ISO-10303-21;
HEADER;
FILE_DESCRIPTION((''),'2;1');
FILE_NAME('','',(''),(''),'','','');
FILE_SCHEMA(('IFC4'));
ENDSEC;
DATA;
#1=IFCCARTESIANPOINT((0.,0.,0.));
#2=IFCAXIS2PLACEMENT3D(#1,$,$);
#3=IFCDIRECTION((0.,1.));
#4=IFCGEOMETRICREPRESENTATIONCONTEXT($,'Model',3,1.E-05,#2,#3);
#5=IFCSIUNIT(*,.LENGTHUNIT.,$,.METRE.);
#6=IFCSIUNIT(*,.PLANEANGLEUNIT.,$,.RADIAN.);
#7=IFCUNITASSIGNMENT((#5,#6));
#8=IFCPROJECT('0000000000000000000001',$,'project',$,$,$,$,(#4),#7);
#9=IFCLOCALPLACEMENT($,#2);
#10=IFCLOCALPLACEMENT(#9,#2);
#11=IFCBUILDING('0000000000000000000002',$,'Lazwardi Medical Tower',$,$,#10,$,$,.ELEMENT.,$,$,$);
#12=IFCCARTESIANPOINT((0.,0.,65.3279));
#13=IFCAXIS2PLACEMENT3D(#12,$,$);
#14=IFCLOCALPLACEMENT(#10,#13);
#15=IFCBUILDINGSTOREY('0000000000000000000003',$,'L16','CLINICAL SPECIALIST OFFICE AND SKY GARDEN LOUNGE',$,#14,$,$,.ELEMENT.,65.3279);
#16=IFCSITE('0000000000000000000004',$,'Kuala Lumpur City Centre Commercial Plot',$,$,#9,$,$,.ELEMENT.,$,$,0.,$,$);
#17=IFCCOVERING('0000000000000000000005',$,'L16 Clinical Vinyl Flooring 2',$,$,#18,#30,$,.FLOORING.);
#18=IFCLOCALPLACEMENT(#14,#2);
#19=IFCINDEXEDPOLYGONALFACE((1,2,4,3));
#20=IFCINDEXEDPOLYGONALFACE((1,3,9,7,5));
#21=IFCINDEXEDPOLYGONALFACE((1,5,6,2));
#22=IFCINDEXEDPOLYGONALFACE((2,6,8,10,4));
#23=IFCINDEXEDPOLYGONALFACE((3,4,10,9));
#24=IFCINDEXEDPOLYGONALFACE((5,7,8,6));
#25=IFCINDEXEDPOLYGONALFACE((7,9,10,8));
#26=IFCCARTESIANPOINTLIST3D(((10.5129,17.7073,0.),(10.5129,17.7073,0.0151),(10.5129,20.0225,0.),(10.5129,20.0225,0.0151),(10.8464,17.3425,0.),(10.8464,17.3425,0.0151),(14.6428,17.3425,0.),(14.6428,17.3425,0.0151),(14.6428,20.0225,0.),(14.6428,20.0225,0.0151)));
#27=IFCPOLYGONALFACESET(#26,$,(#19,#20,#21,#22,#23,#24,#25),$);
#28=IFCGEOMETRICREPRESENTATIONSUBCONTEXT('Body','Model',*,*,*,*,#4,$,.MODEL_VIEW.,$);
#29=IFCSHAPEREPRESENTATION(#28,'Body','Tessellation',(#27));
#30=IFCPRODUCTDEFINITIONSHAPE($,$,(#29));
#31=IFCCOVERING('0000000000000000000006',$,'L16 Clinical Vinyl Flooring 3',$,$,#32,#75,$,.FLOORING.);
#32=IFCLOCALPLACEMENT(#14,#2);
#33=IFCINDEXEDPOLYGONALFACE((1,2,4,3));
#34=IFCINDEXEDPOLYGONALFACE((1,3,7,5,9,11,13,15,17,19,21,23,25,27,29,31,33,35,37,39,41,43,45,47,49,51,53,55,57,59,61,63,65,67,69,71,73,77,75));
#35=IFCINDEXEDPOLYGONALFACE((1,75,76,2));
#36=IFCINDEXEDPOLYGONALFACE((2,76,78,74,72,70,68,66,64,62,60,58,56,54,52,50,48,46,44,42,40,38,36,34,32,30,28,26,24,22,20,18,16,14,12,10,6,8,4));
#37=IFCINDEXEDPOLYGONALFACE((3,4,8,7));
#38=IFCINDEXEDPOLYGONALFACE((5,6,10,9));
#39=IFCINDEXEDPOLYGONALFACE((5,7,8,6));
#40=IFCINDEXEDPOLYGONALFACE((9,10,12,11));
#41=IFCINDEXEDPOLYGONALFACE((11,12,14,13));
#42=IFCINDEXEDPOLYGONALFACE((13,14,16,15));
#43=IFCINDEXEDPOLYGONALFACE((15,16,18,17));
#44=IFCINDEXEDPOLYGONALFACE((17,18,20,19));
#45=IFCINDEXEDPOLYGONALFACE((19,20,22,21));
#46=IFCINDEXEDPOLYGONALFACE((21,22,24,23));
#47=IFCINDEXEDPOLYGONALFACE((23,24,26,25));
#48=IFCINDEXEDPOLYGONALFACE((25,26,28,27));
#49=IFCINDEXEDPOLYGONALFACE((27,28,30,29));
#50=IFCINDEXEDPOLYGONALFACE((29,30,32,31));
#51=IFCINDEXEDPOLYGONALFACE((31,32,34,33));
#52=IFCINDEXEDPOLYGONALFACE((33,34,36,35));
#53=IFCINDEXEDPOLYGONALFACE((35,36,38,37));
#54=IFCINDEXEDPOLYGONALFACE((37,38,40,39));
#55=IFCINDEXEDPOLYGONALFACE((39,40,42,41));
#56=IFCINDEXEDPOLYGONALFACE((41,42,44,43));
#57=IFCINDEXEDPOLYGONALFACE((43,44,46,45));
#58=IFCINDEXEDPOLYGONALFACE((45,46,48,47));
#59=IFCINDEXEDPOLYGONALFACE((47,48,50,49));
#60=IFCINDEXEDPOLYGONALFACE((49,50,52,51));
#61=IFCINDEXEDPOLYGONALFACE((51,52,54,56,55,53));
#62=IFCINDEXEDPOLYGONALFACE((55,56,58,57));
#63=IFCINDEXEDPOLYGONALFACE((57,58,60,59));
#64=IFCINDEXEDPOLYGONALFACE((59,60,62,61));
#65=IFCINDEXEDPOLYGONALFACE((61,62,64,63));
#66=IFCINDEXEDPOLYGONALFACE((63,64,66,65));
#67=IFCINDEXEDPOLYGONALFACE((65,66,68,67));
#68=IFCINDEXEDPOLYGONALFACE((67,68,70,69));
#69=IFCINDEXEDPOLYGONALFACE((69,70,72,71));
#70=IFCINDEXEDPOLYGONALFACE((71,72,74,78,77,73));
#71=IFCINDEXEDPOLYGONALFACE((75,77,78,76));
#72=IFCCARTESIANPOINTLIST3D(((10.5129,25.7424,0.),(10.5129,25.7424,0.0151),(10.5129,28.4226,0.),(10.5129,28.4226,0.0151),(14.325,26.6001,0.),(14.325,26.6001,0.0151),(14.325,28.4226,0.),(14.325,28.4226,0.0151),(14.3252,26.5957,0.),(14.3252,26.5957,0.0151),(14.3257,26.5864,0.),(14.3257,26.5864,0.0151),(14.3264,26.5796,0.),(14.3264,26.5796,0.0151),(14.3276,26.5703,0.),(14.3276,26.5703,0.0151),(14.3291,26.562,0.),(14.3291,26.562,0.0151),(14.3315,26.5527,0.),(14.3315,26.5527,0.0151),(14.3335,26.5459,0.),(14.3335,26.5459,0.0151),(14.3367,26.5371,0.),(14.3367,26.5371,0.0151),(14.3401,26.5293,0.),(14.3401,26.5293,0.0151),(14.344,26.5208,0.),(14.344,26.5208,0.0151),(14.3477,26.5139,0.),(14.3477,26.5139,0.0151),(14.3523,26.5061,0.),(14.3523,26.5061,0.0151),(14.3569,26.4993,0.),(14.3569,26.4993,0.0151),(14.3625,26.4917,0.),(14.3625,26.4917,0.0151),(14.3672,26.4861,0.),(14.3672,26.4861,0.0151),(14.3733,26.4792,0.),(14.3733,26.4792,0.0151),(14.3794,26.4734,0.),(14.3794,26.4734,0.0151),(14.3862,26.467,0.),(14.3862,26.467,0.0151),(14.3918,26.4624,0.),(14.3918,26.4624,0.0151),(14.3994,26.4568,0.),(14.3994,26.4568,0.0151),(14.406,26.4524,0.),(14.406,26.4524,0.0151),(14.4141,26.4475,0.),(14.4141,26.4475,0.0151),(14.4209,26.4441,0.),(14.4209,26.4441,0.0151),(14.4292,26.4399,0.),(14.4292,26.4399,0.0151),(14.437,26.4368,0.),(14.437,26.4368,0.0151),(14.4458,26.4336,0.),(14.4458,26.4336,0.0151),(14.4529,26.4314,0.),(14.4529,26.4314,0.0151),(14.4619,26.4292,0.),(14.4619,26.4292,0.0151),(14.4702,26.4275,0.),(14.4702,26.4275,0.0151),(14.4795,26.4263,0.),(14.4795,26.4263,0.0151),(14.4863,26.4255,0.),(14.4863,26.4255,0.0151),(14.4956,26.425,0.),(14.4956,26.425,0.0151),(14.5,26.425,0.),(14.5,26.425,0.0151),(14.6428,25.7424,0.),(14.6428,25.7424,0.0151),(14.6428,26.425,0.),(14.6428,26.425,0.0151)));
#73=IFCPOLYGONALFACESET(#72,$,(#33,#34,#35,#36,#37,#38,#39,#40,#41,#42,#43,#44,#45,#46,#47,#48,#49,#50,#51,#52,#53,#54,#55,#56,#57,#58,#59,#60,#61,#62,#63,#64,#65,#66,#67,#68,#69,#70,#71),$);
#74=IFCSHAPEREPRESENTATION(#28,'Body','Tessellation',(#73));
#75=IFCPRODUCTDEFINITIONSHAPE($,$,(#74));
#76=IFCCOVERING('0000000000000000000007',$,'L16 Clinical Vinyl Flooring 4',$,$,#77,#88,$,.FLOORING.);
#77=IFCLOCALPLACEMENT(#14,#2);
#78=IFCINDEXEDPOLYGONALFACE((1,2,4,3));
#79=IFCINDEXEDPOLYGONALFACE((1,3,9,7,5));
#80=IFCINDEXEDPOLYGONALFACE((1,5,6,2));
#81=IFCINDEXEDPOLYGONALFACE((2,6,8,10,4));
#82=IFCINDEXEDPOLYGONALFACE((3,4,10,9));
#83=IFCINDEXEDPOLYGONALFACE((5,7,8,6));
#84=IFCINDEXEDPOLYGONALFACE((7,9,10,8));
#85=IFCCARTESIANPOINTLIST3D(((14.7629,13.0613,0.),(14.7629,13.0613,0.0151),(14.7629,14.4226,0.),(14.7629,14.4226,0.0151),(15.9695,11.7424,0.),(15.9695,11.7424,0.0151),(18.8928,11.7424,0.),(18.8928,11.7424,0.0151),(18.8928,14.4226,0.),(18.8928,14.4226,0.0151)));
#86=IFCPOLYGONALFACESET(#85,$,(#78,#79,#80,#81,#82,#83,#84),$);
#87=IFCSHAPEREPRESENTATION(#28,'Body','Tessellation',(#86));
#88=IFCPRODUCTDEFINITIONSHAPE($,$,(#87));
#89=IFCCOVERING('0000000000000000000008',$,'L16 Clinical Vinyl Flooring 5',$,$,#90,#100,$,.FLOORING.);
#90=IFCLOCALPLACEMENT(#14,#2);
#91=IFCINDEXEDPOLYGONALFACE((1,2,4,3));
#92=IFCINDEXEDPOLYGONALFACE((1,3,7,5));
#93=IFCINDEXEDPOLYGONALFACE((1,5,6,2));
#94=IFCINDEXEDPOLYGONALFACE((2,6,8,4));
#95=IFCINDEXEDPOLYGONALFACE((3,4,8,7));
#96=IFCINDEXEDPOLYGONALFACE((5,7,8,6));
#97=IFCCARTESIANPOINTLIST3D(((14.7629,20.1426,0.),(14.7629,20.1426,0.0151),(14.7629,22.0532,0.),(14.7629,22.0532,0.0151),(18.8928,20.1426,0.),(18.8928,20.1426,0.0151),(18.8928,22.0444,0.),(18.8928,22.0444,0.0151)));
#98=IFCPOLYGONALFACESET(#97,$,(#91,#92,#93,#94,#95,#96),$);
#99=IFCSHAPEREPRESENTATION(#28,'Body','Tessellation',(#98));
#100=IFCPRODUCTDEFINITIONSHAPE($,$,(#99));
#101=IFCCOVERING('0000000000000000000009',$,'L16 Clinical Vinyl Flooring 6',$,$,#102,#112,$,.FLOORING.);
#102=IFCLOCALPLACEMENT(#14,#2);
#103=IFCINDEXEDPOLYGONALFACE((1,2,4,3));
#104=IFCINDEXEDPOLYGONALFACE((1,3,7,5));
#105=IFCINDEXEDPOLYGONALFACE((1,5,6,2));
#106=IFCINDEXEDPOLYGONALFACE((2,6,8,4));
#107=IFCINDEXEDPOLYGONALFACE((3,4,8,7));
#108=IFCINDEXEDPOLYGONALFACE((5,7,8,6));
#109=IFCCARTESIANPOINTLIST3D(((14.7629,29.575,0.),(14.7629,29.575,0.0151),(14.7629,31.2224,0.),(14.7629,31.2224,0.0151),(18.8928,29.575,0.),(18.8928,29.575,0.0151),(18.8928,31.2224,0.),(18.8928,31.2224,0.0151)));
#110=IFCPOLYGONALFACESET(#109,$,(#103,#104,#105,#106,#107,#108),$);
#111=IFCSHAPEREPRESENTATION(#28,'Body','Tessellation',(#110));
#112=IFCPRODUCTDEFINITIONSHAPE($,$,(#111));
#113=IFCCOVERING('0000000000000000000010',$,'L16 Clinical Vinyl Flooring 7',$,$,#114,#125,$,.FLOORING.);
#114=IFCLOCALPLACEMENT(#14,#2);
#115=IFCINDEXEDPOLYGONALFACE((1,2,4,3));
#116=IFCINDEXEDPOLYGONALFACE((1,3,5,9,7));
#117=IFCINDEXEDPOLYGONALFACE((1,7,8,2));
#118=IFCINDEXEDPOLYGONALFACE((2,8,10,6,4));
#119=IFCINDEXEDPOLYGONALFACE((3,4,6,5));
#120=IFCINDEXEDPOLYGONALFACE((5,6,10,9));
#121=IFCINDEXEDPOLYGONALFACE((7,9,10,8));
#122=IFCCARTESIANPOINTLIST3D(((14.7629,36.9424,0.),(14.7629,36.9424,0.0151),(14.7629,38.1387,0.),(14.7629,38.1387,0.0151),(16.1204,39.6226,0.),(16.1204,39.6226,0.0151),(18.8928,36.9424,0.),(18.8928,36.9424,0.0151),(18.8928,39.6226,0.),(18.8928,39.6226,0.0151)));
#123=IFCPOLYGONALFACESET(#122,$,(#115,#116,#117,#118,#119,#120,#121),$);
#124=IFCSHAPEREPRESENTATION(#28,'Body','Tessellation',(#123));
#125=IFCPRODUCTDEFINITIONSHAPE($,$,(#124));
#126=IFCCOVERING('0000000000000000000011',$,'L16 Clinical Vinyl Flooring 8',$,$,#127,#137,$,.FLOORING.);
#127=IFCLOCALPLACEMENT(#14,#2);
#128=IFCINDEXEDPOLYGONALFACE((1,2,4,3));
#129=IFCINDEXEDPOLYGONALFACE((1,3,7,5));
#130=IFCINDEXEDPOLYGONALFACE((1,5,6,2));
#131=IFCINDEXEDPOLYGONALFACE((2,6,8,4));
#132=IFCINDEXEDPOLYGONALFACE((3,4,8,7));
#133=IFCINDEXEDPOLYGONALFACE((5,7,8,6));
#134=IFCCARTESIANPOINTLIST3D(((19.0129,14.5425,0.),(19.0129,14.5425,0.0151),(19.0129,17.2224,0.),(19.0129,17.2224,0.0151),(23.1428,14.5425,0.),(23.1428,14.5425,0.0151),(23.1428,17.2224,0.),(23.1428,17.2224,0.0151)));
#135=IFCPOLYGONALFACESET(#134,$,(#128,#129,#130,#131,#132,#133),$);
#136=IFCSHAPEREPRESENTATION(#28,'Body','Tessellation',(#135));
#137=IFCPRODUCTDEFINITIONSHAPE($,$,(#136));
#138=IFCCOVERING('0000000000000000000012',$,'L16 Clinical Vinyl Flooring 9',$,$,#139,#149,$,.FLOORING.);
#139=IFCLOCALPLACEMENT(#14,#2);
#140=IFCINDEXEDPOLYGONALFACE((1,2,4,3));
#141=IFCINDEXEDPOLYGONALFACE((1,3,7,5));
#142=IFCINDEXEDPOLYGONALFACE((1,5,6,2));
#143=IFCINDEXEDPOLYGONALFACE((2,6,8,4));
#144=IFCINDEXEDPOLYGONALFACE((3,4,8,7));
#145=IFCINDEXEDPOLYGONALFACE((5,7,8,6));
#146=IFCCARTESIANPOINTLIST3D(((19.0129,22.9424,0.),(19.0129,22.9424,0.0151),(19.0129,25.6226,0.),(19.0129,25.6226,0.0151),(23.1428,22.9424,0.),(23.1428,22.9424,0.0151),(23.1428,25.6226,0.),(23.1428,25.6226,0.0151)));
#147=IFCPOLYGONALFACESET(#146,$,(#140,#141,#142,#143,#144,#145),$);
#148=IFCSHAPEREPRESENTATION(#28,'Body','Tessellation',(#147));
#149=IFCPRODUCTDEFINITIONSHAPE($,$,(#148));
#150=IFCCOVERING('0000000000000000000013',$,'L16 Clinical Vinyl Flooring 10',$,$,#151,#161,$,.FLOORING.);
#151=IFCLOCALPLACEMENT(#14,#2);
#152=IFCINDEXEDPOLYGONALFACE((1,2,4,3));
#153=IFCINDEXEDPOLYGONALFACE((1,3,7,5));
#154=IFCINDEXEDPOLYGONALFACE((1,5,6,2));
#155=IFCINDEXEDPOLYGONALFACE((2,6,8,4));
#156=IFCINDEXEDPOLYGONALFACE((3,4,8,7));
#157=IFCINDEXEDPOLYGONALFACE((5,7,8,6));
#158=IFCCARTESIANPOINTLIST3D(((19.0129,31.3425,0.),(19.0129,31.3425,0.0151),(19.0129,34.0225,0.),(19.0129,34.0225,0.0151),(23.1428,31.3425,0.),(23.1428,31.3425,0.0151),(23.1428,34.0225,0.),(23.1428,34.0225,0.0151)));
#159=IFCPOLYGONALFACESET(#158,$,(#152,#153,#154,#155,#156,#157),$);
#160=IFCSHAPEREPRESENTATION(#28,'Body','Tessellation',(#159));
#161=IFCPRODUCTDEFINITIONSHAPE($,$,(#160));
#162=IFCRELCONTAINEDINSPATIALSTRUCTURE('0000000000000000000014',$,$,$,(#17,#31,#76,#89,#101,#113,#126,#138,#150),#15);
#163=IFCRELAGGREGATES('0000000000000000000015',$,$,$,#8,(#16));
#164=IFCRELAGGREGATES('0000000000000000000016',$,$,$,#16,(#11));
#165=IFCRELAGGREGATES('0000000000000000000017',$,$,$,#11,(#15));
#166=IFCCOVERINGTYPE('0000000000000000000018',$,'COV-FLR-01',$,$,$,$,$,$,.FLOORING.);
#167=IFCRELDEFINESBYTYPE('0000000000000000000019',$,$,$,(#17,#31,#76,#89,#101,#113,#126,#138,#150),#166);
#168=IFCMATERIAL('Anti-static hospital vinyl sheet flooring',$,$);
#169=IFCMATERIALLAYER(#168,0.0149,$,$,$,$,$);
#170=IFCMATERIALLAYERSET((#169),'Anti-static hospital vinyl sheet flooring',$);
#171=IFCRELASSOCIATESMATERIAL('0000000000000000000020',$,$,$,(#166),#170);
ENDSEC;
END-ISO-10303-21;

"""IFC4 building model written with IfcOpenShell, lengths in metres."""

from ifc_helpers import new_model, si_unit, direction, frame, origin, place, context, subcontext, project, spatial, polyline, outline, extrude, material, layer, layer_set, type_object, element, save


model = new_model("IFC4")

# Units and contexts
model_context = context("Model", 3, precision=1e-05, world=origin(), true_north=direction((0.0, 1.0)))
body_context = subcontext(model_context, "Body", "Model", "MODEL_VIEW")
ifc_project = project(units=[si_unit("LENGTHUNIT", "METRE"), si_unit("PLANEANGLEUNIT", "RADIAN")], contexts=[model_context])

# Site, building, storey
site_placement = place(None, origin())
site = spatial("IfcSite", under=ifc_project, at=site_placement, Name="Kuala Lumpur City Centre Commercial Plot", CompositionType="ELEMENT", RefElevation=0.0)
building_placement = place(site_placement, origin())
building = spatial("IfcBuilding", under=site, at=building_placement, Name="Lazwardi Medical Tower", CompositionType="ELEMENT")
storey_placement = place(building_placement, frame((0.0, 0.0, 65.3279)))
storey = spatial("IfcBuildingStorey", under=building, at=storey_placement, Name="L16", Description="CLINICAL SPECIALIST OFFICE AND SKY GARDEN LOUNGE", CompositionType="ELEMENT", Elevation=65.3279)

# Coverings
ifc_material_1 = material(Name="Anti-static hospital vinyl sheet flooring")
ifc_layer_1 = layer(ifc_material_1, 0.0149)
ifc_layer_set_1 = layer_set([ifc_layer_1], Name="Anti-static hospital vinyl sheet flooring")
covering_type_1 = type_object("IfcCoveringType", Name="COV-FLR-01", PredefinedType="FLOORING", material=ifc_layer_set_1)
covering_1_placement = place(storey_placement, origin())
element("IfcCovering", 1, at=covering_1_placement, inside=storey, type_object=covering_type_1, Name="L16 Clinical Vinyl Flooring 2", PredefinedType="FLOORING", context=body_context, shape_type="SweptSolid", body=[
    extrude(outline(polyline([(10.5129, 17.7073), (10.8464, 17.3425), (14.6428, 17.3425), (14.6428, 20.0225), (10.5129, 20.0225), (10.5129, 17.7073)])), origin(), (0.0, 0.0, 1.0), 0.0151),
])
covering_2_placement = place(storey_placement, origin())
element("IfcCovering", 2, at=covering_2_placement, inside=storey, type_object=covering_type_1, Name="L16 Clinical Vinyl Flooring 3", PredefinedType="FLOORING", context=body_context, shape_type="SweptSolid", body=[
    extrude(outline(polyline([(14.6428, 26.425), (14.5, 26.425), (14.4956, 26.425), (14.4863, 26.4255), (14.4795, 26.4263), (14.4702, 26.4275), (14.4619, 26.4292), (14.4529, 26.4314), (14.4458, 26.4336), (14.437, 26.4368), (14.4292, 26.4399), (14.4209, 26.4441), (14.4141, 26.4475), (14.406, 26.4524), (14.3994, 26.4568), (14.3918, 26.4624), (14.3862, 26.467), (14.3794, 26.4734), (14.3733, 26.4792), (14.3672, 26.4861), (14.3625, 26.4917), (14.3569, 26.4993), (14.3523, 26.5061), (14.3477, 26.5139), (14.344, 26.5208), (14.3401, 26.5293), (14.3367, 26.5371), (14.3335, 26.5459), (14.3315, 26.5527), (14.3291, 26.562), (14.3276, 26.5703), (14.3264, 26.5796), (14.3257, 26.5864), (14.3252, 26.5957), (14.325, 26.6001), (14.325, 28.4226), (10.5129, 28.4226), (10.5129, 25.7424), (14.6428, 25.7424), (14.6428, 26.425)])), origin(), (0.0, 0.0, 1.0), 0.0151),
])
covering_3_placement = place(storey_placement, origin())
element("IfcCovering", 3, at=covering_3_placement, inside=storey, type_object=covering_type_1, Name="L16 Clinical Vinyl Flooring 4", PredefinedType="FLOORING", context=body_context, shape_type="SweptSolid", body=[
    extrude(outline(polyline([(14.7629, 13.0613), (15.9695, 11.7424), (18.8928, 11.7424), (18.8928, 14.4226), (14.7629, 14.4226), (14.7629, 13.0613)])), origin(), (0.0, 0.0, 1.0), 0.0151),
])
covering_4_placement = place(storey_placement, origin())
element("IfcCovering", 4, at=covering_4_placement, inside=storey, type_object=covering_type_1, Name="L16 Clinical Vinyl Flooring 5", PredefinedType="FLOORING", context=body_context, shape_type="SweptSolid", body=[
    extrude(outline(polyline([(18.8928, 22.0444), (14.7629, 22.0532), (14.7629, 20.1426), (18.8928, 20.1426), (18.8928, 22.0444)])), origin(), (0.0, 0.0, 1.0), 0.0151),
])
covering_5_placement = place(storey_placement, origin())
element("IfcCovering", 5, at=covering_5_placement, inside=storey, type_object=covering_type_1, Name="L16 Clinical Vinyl Flooring 6", PredefinedType="FLOORING", context=body_context, shape_type="SweptSolid", body=[
    extrude(outline(polyline([(14.7629, 29.575), (18.8928, 29.575), (18.8928, 31.2224), (14.7629, 31.2224), (14.7629, 29.575)])), origin(), (0.0, 0.0, 1.0), 0.0151),
])
covering_6_placement = place(storey_placement, origin())
element("IfcCovering", 6, at=covering_6_placement, inside=storey, type_object=covering_type_1, Name="L16 Clinical Vinyl Flooring 7", PredefinedType="FLOORING", context=body_context, shape_type="SweptSolid", body=[
    extrude(outline(polyline([(16.1204, 39.6226), (14.7629, 38.1387), (14.7629, 36.9424), (18.8928, 36.9424), (18.8928, 39.6226), (16.1204, 39.6226)])), origin(), (0.0, 0.0, 1.0), 0.0151),
])
covering_7_placement = place(storey_placement, origin())
element("IfcCovering", 7, at=covering_7_placement, inside=storey, type_object=covering_type_1, Name="L16 Clinical Vinyl Flooring 8", PredefinedType="FLOORING", context=body_context, shape_type="SweptSolid", body=[
    extrude(outline(polyline([(23.1428, 14.5425), (23.1428, 17.2224), (19.0129, 17.2224), (19.0129, 14.5425), (23.1428, 14.5425)])), origin(), (0.0, 0.0, 1.0), 0.0151),
])
covering_8_placement = place(storey_placement, origin())
element("IfcCovering", 8, at=covering_8_placement, inside=storey, type_object=covering_type_1, Name="L16 Clinical Vinyl Flooring 9", PredefinedType="FLOORING", context=body_context, shape_type="SweptSolid", body=[
    extrude(outline(polyline([(23.1428, 22.9424), (23.1428, 25.6226), (19.0129, 25.6226), (19.0129, 22.9424), (23.1428, 22.9424)])), origin(), (0.0, 0.0, 1.0), 0.0151),
])
covering_9_placement = place(storey_placement, origin())
element("IfcCovering", 9, at=covering_9_placement, inside=storey, type_object=covering_type_1, Name="L16 Clinical Vinyl Flooring 10", PredefinedType="FLOORING", context=body_context, shape_type="SweptSolid", body=[
    extrude(outline(polyline([(23.1428, 31.3425), (23.1428, 34.0225), (19.0129, 34.0225), (19.0129, 31.3425), (23.1428, 31.3425)])), origin(), (0.0, 0.0, 1.0), 0.0151),
])

save(model, "model.ifc")
